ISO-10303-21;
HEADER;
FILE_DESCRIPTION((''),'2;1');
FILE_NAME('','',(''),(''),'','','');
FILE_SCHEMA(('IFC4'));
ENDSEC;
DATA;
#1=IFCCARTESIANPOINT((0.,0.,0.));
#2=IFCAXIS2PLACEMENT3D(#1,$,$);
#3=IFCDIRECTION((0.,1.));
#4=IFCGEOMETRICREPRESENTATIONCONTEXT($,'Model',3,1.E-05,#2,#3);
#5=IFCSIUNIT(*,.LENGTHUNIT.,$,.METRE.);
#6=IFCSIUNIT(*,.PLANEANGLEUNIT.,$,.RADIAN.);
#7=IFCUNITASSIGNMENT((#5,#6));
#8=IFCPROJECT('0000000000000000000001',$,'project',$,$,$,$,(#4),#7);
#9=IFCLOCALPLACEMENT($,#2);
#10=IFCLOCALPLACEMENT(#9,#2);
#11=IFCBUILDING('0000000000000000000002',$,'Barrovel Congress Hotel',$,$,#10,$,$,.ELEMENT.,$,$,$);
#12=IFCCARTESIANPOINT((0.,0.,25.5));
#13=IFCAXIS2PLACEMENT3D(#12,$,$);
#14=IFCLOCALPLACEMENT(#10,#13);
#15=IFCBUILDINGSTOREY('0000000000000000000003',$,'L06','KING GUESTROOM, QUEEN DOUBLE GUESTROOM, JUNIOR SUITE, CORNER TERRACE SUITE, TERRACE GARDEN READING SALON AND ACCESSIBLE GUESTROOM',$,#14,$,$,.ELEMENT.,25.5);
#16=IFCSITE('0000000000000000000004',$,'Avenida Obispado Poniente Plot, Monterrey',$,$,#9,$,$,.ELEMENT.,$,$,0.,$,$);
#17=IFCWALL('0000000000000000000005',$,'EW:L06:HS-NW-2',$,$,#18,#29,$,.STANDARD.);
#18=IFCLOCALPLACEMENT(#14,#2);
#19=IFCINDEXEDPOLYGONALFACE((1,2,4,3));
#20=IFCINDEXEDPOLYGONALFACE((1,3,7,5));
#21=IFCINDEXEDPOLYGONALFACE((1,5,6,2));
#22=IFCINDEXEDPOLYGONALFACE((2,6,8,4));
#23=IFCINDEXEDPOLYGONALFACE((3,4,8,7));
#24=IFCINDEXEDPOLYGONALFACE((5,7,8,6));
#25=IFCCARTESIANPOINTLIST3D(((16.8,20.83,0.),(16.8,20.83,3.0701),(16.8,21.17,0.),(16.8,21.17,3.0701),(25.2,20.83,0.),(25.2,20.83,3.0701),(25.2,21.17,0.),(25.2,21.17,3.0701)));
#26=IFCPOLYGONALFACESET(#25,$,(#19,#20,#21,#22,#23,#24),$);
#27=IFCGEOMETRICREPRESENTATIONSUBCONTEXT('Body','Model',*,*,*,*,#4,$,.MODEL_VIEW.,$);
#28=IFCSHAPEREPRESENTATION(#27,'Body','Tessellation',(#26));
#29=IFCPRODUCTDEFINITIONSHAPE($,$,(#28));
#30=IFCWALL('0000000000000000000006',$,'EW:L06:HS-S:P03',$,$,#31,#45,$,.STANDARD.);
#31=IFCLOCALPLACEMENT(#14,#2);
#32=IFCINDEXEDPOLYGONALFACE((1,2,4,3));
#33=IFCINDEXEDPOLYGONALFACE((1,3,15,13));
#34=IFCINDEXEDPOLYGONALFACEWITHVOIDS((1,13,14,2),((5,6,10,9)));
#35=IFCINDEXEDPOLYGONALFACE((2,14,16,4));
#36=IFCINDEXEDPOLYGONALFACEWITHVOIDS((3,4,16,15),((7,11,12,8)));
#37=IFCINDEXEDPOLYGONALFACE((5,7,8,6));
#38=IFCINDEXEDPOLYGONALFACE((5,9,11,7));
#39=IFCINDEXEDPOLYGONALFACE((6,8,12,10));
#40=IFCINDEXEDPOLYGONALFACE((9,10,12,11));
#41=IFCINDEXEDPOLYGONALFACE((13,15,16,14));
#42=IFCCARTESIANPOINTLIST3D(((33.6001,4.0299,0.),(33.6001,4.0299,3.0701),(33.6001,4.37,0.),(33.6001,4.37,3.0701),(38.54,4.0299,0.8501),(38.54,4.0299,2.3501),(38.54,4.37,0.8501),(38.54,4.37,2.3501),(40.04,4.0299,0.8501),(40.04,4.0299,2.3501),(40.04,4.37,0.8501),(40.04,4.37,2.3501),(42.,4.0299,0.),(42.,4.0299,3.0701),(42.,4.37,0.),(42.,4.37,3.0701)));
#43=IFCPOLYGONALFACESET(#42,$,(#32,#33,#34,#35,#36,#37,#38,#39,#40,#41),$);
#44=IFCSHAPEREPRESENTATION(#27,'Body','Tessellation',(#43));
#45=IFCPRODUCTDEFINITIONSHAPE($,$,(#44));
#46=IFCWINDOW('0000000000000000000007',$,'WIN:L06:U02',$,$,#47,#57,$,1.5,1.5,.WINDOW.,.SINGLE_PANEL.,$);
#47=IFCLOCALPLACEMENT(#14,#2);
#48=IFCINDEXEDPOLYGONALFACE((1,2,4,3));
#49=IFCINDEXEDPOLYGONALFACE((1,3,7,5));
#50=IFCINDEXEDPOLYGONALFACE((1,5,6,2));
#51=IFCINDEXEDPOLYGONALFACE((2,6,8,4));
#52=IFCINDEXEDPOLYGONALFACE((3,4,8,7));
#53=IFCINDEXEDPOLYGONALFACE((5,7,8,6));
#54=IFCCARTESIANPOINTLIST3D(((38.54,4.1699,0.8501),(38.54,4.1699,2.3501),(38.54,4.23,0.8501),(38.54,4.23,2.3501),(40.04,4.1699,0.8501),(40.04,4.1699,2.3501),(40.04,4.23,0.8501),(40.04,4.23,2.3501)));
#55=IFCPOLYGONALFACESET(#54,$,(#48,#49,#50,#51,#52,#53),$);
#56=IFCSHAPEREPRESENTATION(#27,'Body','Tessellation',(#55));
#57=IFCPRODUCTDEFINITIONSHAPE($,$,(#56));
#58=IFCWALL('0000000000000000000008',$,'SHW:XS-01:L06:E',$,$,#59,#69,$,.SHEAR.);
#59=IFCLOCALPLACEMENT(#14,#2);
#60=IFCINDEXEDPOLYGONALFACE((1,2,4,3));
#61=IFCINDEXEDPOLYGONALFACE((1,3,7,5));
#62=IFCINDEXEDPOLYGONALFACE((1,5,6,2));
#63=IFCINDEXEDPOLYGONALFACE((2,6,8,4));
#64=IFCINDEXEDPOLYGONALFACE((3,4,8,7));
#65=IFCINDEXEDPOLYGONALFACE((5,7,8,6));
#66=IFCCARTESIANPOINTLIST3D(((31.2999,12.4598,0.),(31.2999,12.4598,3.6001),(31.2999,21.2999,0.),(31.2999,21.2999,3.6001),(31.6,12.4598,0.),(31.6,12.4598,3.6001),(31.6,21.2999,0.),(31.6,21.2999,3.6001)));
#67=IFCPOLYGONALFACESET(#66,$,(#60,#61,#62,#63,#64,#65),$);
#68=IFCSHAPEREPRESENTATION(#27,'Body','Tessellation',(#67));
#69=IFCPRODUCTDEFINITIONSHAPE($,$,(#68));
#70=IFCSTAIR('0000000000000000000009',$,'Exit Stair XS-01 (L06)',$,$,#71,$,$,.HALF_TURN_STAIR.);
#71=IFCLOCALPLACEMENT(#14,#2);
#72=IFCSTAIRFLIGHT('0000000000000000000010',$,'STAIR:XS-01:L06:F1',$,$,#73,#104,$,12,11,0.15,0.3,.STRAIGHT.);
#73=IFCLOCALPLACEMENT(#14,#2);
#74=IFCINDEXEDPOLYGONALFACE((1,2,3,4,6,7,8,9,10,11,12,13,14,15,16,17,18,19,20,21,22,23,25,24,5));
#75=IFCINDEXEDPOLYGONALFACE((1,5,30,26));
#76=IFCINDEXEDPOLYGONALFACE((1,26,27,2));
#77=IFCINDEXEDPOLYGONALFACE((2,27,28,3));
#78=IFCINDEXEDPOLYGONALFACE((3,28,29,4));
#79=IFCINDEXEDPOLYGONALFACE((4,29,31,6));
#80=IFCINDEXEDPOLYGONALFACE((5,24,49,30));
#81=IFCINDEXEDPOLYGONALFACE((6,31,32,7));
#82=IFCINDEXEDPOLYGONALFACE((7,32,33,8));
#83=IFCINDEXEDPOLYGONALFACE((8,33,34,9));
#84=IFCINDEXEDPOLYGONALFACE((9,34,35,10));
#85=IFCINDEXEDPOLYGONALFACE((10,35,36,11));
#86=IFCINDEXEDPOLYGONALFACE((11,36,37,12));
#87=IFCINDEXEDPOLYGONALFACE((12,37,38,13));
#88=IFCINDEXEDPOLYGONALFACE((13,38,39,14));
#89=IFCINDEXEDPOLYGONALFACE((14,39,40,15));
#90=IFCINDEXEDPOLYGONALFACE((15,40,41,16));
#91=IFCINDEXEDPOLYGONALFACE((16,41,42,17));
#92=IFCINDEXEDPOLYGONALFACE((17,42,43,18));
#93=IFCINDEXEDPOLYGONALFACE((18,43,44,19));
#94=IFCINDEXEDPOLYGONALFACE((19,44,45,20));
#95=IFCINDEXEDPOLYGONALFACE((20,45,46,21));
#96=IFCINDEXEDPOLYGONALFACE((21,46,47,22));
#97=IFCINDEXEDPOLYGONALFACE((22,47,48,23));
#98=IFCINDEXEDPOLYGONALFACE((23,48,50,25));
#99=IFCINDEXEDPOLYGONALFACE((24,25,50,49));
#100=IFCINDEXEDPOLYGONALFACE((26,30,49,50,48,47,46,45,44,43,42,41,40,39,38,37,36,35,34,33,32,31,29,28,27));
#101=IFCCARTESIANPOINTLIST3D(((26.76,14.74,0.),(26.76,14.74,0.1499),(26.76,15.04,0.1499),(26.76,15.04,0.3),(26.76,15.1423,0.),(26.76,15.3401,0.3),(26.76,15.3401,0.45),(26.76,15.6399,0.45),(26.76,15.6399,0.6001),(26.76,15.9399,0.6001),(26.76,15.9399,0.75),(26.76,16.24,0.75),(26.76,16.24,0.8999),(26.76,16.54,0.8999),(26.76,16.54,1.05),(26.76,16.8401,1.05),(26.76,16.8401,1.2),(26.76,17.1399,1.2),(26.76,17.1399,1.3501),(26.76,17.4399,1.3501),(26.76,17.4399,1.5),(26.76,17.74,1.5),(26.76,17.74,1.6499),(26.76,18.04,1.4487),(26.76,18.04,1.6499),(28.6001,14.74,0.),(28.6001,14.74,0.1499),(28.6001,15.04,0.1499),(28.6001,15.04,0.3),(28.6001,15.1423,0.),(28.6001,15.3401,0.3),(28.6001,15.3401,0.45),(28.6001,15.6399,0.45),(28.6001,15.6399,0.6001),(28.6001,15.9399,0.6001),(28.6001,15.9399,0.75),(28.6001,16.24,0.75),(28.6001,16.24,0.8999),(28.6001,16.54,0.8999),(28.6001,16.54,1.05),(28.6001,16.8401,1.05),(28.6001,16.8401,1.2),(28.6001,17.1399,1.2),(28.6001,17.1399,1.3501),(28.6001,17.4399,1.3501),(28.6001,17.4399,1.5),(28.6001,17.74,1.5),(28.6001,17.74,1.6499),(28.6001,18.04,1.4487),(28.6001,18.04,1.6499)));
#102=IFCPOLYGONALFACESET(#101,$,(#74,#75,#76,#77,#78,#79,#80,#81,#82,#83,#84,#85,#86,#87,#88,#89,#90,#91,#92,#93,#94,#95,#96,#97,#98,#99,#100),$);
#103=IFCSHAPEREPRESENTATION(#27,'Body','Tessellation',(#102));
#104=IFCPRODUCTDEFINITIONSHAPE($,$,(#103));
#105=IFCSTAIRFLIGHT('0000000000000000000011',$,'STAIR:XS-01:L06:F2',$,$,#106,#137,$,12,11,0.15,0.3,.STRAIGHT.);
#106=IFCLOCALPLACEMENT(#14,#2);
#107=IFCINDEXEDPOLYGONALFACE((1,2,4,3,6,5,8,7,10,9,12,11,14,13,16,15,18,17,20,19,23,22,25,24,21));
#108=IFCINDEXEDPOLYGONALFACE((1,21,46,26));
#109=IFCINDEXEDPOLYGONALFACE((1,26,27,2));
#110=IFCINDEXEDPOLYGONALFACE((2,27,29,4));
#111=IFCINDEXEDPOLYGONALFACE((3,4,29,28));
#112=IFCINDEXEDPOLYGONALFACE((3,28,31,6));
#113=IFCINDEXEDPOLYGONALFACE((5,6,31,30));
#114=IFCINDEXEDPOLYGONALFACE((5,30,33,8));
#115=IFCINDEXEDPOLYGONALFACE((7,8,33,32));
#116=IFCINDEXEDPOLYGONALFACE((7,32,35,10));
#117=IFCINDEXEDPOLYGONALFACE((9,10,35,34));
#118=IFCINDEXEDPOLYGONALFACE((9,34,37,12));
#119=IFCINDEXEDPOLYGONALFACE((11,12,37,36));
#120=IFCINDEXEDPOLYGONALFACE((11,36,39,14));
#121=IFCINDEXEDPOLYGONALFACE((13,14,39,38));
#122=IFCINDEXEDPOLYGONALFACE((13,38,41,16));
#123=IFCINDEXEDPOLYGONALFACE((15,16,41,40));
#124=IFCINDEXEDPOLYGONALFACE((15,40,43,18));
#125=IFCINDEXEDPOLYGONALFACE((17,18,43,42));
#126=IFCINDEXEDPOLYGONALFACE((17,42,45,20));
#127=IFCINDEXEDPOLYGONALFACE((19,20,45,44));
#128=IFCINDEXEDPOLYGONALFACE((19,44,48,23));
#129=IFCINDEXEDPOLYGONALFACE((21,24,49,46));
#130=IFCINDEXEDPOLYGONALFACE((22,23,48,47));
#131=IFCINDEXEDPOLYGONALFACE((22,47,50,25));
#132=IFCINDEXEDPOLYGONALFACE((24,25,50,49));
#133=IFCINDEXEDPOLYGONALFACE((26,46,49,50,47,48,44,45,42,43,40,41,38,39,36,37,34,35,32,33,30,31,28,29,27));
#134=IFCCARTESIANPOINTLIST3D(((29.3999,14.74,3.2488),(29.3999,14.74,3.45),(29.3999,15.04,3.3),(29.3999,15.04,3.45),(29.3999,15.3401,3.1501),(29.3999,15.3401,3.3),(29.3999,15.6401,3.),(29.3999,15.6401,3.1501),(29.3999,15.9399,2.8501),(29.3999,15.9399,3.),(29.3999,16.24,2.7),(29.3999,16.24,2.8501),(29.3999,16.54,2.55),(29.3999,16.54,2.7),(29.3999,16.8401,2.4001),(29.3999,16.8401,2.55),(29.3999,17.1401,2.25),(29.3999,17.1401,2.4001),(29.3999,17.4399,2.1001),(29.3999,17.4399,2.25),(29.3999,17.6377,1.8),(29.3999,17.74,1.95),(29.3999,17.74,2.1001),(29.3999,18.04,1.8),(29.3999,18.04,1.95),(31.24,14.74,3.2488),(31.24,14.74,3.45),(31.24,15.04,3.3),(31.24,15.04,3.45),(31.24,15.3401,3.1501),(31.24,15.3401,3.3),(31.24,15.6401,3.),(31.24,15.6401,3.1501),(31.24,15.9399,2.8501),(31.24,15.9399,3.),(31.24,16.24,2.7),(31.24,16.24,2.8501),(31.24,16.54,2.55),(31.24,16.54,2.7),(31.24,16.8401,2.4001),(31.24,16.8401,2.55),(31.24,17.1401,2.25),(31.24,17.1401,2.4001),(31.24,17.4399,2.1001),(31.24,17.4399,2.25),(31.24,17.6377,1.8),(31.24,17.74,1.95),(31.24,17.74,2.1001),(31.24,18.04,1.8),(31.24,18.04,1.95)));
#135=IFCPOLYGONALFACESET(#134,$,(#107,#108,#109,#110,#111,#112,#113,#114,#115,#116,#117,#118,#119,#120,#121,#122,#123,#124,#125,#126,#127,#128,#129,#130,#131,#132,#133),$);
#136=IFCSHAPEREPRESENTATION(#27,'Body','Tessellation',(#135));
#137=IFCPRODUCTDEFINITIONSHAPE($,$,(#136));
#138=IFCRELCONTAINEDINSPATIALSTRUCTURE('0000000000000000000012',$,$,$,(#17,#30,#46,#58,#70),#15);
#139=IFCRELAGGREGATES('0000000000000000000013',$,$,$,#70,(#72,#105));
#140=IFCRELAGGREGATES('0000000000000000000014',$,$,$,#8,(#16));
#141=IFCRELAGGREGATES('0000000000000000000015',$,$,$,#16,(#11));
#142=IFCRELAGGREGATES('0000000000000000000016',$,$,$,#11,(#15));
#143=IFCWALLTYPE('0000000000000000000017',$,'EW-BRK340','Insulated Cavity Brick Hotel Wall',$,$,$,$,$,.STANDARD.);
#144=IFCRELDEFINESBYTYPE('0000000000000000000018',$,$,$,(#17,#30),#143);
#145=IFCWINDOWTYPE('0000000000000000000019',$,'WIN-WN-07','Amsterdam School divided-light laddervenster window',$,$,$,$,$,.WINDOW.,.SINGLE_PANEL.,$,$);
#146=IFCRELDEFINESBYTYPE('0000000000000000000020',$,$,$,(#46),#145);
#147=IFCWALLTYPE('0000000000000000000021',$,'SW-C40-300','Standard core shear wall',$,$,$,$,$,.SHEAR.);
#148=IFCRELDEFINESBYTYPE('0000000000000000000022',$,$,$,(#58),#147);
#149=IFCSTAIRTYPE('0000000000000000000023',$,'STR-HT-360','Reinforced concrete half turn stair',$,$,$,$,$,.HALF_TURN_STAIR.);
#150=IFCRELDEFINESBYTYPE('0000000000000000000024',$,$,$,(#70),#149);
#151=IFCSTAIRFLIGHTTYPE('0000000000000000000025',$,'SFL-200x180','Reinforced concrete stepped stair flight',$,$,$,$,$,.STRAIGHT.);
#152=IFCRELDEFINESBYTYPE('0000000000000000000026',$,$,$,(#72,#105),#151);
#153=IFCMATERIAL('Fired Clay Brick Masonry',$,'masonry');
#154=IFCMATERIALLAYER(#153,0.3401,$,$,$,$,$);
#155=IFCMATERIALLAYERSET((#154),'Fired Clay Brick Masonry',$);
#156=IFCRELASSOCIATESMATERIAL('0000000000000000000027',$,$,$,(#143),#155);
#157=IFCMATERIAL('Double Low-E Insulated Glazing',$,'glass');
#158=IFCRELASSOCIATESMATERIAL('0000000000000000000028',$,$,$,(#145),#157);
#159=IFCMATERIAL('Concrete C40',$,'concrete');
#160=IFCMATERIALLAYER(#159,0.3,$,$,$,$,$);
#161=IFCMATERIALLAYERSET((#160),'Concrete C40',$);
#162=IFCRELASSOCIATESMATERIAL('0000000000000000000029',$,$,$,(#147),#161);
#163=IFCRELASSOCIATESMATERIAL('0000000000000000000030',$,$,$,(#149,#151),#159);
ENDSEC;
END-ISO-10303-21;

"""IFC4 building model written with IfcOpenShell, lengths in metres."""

from ifc_helpers import new_model, si_unit, direction, frame, frame_2d, origin, place, context, subcontext, project, spatial, polyline, rectangle, outline, extrude, material, layer, layer_set, type_object, element, fill, aggregate, save


model = new_model("IFC4")

# Units and contexts
model_context = context("Model", 3, precision=1e-05, world=origin(), true_north=direction((0.0, 1.0)))
body_context = subcontext(model_context, "Body", "Model", "MODEL_VIEW")
ifc_project = project(units=[si_unit("LENGTHUNIT", "METRE"), si_unit("PLANEANGLEUNIT", "RADIAN")], contexts=[model_context])

# Site, building, storey
site_placement = place(None, origin())
site = spatial("IfcSite", under=ifc_project, at=site_placement, Name="Avenida Obispado Poniente Plot, Monterrey", CompositionType="ELEMENT", RefElevation=0.0)
building_placement = place(site_placement, origin())
building = spatial("IfcBuilding", under=site, at=building_placement, Name="Barrovel Congress Hotel", CompositionType="ELEMENT")
storey_placement = place(building_placement, frame((0.0, 0.0, 25.5)))
storey = spatial("IfcBuildingStorey", under=building, at=storey_placement, Name="L06", Description="KING GUESTROOM, QUEEN DOUBLE GUESTROOM, JUNIOR SUITE, CORNER TERRACE SUITE, TERRACE GARDEN READING SALON AND ACCESSIBLE GUESTROOM", CompositionType="ELEMENT", Elevation=25.5)

# Shared definitions
ifc_material_1 = material(Name="Concrete C40", Category="concrete")

# Wall
ifc_material_2 = material(Name="Fired Clay Brick Masonry", Category="masonry")
ifc_layer_1 = layer(ifc_material_2, 0.3401)
ifc_layer_set_1 = layer_set([ifc_layer_1], Name="Fired Clay Brick Masonry")
wall_type_1 = type_object("IfcWallType", Name="EW-BRK340", Description="Insulated Cavity Brick Hotel Wall", PredefinedType="STANDARD", material=ifc_layer_set_1)
wall_1_placement = place(storey_placement, frame((25.2, 21.0, 0.0), z_axis=(0.0, 0.0, 1.0), x_axis=(-1.0, 0.0, 0.0)))
element("IfcWall", 1, at=wall_1_placement, inside=storey, type_object=wall_type_1, Name="EW:L06:HS-NW-2", PredefinedType="STANDARD", context=body_context, shape_type="SweptSolid", body=[
    extrude(rectangle(XDim=8.3999, YDim=0.3401, at=frame_2d((4.2, 0.0))), origin(), (0.0, 0.0, 1.0), 3.0701),
])

# Wall, opening, window
wall_2_placement = place(storey_placement, frame((33.6001, 4.2, 0.0), z_axis=(0.0, 0.0, 1.0), x_axis=(1.0, 0.0, 0.0)))
wall_2 = element("IfcWall", 2, at=wall_2_placement, inside=storey, type_object=wall_type_1, Name="EW:L06:HS-S:P03", PredefinedType="STANDARD", context=body_context, shape_type="SweptSolid", body=[
    extrude(rectangle(XDim=8.3999, YDim=0.3401, at=frame_2d((4.2, 0.0))), origin(), (0.0, 0.0, 1.0), 3.0701),
])
opening_1_placement = place(wall_2_placement, frame((4.9399, 0.0, 0.8501)))
opening_1 = element("IfcOpeningElement", 3, at=opening_1_placement, cuts=wall_2, PredefinedType="OPENING", context=body_context, shape_type="SweptSolid", body=[
    extrude(rectangle(XDim=1.5, YDim=1.5, at=frame_2d((0.75, 0.75))), frame((0.0, 0.1802, 0.0), z_axis=(0.0, -1.0, 0.0), x_axis=(1.0, 0.0, 0.0)), (0.0, 0.0, 1.0), 0.3601),
])
ifc_material_3 = material(Name="Double Low-E Insulated Glazing", Category="glass")
window_type = type_object("IfcWindowType", Name="WIN-WN-07", Description="Amsterdam School divided-light laddervenster window", PartitioningType="SINGLE_PANEL", PredefinedType="WINDOW", material=ifc_material_3)
window_placement = place(opening_1_placement, origin())
window = element("IfcWindow", 4, at=window_placement, inside=storey, type_object=window_type, Name="WIN:L06:U02", OverallHeight=1.5, OverallWidth=1.5, PartitioningType="SINGLE_PANEL", PredefinedType="WINDOW", context=body_context, shape_type="SweptSolid", body=[
    extrude(rectangle(XDim=1.5, YDim=1.5, at=frame_2d((0.75, 0.75))), frame((0.0, 0.03, 0.0), z_axis=(0.0, -1.0, 0.0), x_axis=(1.0, 0.0, 0.0)), (0.0, 0.0, 1.0), 0.0601),
])
fill(opening_1, window)

# Shared definitions
ifc_layer_2 = layer(ifc_material_1, 0.3)
ifc_layer_set_2 = layer_set([ifc_layer_2], Name="Concrete C40")
wall_type_2 = type_object("IfcWallType", Name="SW-C40-300", Description="Standard core shear wall", PredefinedType="SHEAR", material=ifc_layer_set_2)

# Wall
wall_3_placement = place(storey_placement, frame((31.45, 12.46, 0.0), z_axis=(0.0, 0.0, 1.0), x_axis=(0.0, 1.0, 0.0)))
element("IfcWall", 5, at=wall_3_placement, inside=storey, type_object=wall_type_2, Name="SHW:XS-01:L06:E", PredefinedType="SHEAR", context=body_context, shape_type="SweptSolid", body=[
    extrude(rectangle(XDim=8.8401, YDim=0.3, at=frame_2d((4.4199, 0.0))), origin(), (0.0, 0.0, 1.0), 3.6001),
])

# Stair, stair flights
stair_type = type_object("IfcStairType", Name="STR-HT-360", Description="Reinforced concrete half turn stair", PredefinedType="HALF_TURN_STAIR", material=ifc_material_1)
stair_placement = place(storey_placement, origin())
stair = element("IfcStair", 6, at=stair_placement, inside=storey, type_object=stair_type, Name="Exit Stair XS-01 (L06)", PredefinedType="HALF_TURN_STAIR")
stair_flight_type = type_object("IfcStairFlightType", Name="SFL-200x180", Description="Reinforced concrete stepped stair flight", PredefinedType="STRAIGHT", material=ifc_material_1)
stair_flight_1_placement = place(storey_placement, frame((27.6799, 14.74, 0.0), z_axis=(0.0, 0.0, 1.0), x_axis=(0.0, 1.0, 0.0)))
stair_flight_1 = element("IfcStairFlight", 7, at=stair_flight_1_placement, type_object=stair_flight_type, Name="STAIR:XS-01:L06:F1", NumberOfRisers=12, NumberOfTreads=11, PredefinedType="STRAIGHT", RiserHeight=0.15, TreadLength=0.3, context=body_context, shape_type="SweptSolid", body=[
    extrude(outline(polyline([(0.0, 0.0), (0.0, 0.1499), (0.3, 0.1499), (0.3, 0.3), (0.6001, 0.3), (0.6001, 0.45), (0.8999, 0.45), (0.8999, 0.6001), (1.2, 0.6001), (1.2, 0.75), (1.5, 0.75), (1.5, 0.8999), (1.8, 0.8999), (1.8, 1.05), (2.1001, 1.05), (2.1001, 1.2), (2.3999, 1.2), (2.3999, 1.3501), (2.7, 1.3501), (2.7, 1.5), (3.0, 1.5), (3.0, 1.6499), (3.3, 1.6499), (3.3, 1.8), (3.3, 1.4487), (0.4023, 0.0), (0.0, 0.0)])), frame((0.0, 0.9199, 0.0), z_axis=(0.0, -1.0, 0.0), x_axis=(1.0, 0.0, 0.0)), (0.0, 0.0, 1.0), 1.8401),
])
stair_flight_2_placement = place(storey_placement, frame((30.3201, 18.04, 1.8), z_axis=(0.0, 0.0, 1.0), x_axis=(0.0, -1.0, 0.0)))
stair_flight_2 = element("IfcStairFlight", 8, at=stair_flight_2_placement, type_object=stair_flight_type, Name="STAIR:XS-01:L06:F2", NumberOfRisers=12, NumberOfTreads=11, PredefinedType="STRAIGHT", RiserHeight=0.15, TreadLength=0.3, context=body_context, shape_type="SweptSolid", body=[
    extrude(outline(polyline([(0.0, 0.0), (0.0, 0.1499), (0.3, 0.1499), (0.3, 0.3), (0.6001, 0.3), (0.6001, 0.45), (0.8999, 0.45), (0.8999, 0.6001), (1.2, 0.6001), (1.2, 0.75), (1.5, 0.75), (1.5, 0.8999), (1.8, 0.8999), (1.8, 1.05), (2.1001, 1.05), (2.1001, 1.2), (2.3999, 1.2), (2.3999, 1.3501), (2.7, 1.3501), (2.7, 1.5), (3.0, 1.5), (3.0, 1.6499), (3.3, 1.6499), (3.3, 1.8), (3.3, 1.4487), (0.4023, 0.0), (0.0, 0.0)])), frame((0.0, 0.9199, 0.0), z_axis=(0.0, -1.0, 0.0), x_axis=(1.0, 0.0, 0.0)), (0.0, 0.0, 1.0), 1.8401),
])
aggregate(stair, [stair_flight_1, stair_flight_2])

save(model, "model.ifc")
